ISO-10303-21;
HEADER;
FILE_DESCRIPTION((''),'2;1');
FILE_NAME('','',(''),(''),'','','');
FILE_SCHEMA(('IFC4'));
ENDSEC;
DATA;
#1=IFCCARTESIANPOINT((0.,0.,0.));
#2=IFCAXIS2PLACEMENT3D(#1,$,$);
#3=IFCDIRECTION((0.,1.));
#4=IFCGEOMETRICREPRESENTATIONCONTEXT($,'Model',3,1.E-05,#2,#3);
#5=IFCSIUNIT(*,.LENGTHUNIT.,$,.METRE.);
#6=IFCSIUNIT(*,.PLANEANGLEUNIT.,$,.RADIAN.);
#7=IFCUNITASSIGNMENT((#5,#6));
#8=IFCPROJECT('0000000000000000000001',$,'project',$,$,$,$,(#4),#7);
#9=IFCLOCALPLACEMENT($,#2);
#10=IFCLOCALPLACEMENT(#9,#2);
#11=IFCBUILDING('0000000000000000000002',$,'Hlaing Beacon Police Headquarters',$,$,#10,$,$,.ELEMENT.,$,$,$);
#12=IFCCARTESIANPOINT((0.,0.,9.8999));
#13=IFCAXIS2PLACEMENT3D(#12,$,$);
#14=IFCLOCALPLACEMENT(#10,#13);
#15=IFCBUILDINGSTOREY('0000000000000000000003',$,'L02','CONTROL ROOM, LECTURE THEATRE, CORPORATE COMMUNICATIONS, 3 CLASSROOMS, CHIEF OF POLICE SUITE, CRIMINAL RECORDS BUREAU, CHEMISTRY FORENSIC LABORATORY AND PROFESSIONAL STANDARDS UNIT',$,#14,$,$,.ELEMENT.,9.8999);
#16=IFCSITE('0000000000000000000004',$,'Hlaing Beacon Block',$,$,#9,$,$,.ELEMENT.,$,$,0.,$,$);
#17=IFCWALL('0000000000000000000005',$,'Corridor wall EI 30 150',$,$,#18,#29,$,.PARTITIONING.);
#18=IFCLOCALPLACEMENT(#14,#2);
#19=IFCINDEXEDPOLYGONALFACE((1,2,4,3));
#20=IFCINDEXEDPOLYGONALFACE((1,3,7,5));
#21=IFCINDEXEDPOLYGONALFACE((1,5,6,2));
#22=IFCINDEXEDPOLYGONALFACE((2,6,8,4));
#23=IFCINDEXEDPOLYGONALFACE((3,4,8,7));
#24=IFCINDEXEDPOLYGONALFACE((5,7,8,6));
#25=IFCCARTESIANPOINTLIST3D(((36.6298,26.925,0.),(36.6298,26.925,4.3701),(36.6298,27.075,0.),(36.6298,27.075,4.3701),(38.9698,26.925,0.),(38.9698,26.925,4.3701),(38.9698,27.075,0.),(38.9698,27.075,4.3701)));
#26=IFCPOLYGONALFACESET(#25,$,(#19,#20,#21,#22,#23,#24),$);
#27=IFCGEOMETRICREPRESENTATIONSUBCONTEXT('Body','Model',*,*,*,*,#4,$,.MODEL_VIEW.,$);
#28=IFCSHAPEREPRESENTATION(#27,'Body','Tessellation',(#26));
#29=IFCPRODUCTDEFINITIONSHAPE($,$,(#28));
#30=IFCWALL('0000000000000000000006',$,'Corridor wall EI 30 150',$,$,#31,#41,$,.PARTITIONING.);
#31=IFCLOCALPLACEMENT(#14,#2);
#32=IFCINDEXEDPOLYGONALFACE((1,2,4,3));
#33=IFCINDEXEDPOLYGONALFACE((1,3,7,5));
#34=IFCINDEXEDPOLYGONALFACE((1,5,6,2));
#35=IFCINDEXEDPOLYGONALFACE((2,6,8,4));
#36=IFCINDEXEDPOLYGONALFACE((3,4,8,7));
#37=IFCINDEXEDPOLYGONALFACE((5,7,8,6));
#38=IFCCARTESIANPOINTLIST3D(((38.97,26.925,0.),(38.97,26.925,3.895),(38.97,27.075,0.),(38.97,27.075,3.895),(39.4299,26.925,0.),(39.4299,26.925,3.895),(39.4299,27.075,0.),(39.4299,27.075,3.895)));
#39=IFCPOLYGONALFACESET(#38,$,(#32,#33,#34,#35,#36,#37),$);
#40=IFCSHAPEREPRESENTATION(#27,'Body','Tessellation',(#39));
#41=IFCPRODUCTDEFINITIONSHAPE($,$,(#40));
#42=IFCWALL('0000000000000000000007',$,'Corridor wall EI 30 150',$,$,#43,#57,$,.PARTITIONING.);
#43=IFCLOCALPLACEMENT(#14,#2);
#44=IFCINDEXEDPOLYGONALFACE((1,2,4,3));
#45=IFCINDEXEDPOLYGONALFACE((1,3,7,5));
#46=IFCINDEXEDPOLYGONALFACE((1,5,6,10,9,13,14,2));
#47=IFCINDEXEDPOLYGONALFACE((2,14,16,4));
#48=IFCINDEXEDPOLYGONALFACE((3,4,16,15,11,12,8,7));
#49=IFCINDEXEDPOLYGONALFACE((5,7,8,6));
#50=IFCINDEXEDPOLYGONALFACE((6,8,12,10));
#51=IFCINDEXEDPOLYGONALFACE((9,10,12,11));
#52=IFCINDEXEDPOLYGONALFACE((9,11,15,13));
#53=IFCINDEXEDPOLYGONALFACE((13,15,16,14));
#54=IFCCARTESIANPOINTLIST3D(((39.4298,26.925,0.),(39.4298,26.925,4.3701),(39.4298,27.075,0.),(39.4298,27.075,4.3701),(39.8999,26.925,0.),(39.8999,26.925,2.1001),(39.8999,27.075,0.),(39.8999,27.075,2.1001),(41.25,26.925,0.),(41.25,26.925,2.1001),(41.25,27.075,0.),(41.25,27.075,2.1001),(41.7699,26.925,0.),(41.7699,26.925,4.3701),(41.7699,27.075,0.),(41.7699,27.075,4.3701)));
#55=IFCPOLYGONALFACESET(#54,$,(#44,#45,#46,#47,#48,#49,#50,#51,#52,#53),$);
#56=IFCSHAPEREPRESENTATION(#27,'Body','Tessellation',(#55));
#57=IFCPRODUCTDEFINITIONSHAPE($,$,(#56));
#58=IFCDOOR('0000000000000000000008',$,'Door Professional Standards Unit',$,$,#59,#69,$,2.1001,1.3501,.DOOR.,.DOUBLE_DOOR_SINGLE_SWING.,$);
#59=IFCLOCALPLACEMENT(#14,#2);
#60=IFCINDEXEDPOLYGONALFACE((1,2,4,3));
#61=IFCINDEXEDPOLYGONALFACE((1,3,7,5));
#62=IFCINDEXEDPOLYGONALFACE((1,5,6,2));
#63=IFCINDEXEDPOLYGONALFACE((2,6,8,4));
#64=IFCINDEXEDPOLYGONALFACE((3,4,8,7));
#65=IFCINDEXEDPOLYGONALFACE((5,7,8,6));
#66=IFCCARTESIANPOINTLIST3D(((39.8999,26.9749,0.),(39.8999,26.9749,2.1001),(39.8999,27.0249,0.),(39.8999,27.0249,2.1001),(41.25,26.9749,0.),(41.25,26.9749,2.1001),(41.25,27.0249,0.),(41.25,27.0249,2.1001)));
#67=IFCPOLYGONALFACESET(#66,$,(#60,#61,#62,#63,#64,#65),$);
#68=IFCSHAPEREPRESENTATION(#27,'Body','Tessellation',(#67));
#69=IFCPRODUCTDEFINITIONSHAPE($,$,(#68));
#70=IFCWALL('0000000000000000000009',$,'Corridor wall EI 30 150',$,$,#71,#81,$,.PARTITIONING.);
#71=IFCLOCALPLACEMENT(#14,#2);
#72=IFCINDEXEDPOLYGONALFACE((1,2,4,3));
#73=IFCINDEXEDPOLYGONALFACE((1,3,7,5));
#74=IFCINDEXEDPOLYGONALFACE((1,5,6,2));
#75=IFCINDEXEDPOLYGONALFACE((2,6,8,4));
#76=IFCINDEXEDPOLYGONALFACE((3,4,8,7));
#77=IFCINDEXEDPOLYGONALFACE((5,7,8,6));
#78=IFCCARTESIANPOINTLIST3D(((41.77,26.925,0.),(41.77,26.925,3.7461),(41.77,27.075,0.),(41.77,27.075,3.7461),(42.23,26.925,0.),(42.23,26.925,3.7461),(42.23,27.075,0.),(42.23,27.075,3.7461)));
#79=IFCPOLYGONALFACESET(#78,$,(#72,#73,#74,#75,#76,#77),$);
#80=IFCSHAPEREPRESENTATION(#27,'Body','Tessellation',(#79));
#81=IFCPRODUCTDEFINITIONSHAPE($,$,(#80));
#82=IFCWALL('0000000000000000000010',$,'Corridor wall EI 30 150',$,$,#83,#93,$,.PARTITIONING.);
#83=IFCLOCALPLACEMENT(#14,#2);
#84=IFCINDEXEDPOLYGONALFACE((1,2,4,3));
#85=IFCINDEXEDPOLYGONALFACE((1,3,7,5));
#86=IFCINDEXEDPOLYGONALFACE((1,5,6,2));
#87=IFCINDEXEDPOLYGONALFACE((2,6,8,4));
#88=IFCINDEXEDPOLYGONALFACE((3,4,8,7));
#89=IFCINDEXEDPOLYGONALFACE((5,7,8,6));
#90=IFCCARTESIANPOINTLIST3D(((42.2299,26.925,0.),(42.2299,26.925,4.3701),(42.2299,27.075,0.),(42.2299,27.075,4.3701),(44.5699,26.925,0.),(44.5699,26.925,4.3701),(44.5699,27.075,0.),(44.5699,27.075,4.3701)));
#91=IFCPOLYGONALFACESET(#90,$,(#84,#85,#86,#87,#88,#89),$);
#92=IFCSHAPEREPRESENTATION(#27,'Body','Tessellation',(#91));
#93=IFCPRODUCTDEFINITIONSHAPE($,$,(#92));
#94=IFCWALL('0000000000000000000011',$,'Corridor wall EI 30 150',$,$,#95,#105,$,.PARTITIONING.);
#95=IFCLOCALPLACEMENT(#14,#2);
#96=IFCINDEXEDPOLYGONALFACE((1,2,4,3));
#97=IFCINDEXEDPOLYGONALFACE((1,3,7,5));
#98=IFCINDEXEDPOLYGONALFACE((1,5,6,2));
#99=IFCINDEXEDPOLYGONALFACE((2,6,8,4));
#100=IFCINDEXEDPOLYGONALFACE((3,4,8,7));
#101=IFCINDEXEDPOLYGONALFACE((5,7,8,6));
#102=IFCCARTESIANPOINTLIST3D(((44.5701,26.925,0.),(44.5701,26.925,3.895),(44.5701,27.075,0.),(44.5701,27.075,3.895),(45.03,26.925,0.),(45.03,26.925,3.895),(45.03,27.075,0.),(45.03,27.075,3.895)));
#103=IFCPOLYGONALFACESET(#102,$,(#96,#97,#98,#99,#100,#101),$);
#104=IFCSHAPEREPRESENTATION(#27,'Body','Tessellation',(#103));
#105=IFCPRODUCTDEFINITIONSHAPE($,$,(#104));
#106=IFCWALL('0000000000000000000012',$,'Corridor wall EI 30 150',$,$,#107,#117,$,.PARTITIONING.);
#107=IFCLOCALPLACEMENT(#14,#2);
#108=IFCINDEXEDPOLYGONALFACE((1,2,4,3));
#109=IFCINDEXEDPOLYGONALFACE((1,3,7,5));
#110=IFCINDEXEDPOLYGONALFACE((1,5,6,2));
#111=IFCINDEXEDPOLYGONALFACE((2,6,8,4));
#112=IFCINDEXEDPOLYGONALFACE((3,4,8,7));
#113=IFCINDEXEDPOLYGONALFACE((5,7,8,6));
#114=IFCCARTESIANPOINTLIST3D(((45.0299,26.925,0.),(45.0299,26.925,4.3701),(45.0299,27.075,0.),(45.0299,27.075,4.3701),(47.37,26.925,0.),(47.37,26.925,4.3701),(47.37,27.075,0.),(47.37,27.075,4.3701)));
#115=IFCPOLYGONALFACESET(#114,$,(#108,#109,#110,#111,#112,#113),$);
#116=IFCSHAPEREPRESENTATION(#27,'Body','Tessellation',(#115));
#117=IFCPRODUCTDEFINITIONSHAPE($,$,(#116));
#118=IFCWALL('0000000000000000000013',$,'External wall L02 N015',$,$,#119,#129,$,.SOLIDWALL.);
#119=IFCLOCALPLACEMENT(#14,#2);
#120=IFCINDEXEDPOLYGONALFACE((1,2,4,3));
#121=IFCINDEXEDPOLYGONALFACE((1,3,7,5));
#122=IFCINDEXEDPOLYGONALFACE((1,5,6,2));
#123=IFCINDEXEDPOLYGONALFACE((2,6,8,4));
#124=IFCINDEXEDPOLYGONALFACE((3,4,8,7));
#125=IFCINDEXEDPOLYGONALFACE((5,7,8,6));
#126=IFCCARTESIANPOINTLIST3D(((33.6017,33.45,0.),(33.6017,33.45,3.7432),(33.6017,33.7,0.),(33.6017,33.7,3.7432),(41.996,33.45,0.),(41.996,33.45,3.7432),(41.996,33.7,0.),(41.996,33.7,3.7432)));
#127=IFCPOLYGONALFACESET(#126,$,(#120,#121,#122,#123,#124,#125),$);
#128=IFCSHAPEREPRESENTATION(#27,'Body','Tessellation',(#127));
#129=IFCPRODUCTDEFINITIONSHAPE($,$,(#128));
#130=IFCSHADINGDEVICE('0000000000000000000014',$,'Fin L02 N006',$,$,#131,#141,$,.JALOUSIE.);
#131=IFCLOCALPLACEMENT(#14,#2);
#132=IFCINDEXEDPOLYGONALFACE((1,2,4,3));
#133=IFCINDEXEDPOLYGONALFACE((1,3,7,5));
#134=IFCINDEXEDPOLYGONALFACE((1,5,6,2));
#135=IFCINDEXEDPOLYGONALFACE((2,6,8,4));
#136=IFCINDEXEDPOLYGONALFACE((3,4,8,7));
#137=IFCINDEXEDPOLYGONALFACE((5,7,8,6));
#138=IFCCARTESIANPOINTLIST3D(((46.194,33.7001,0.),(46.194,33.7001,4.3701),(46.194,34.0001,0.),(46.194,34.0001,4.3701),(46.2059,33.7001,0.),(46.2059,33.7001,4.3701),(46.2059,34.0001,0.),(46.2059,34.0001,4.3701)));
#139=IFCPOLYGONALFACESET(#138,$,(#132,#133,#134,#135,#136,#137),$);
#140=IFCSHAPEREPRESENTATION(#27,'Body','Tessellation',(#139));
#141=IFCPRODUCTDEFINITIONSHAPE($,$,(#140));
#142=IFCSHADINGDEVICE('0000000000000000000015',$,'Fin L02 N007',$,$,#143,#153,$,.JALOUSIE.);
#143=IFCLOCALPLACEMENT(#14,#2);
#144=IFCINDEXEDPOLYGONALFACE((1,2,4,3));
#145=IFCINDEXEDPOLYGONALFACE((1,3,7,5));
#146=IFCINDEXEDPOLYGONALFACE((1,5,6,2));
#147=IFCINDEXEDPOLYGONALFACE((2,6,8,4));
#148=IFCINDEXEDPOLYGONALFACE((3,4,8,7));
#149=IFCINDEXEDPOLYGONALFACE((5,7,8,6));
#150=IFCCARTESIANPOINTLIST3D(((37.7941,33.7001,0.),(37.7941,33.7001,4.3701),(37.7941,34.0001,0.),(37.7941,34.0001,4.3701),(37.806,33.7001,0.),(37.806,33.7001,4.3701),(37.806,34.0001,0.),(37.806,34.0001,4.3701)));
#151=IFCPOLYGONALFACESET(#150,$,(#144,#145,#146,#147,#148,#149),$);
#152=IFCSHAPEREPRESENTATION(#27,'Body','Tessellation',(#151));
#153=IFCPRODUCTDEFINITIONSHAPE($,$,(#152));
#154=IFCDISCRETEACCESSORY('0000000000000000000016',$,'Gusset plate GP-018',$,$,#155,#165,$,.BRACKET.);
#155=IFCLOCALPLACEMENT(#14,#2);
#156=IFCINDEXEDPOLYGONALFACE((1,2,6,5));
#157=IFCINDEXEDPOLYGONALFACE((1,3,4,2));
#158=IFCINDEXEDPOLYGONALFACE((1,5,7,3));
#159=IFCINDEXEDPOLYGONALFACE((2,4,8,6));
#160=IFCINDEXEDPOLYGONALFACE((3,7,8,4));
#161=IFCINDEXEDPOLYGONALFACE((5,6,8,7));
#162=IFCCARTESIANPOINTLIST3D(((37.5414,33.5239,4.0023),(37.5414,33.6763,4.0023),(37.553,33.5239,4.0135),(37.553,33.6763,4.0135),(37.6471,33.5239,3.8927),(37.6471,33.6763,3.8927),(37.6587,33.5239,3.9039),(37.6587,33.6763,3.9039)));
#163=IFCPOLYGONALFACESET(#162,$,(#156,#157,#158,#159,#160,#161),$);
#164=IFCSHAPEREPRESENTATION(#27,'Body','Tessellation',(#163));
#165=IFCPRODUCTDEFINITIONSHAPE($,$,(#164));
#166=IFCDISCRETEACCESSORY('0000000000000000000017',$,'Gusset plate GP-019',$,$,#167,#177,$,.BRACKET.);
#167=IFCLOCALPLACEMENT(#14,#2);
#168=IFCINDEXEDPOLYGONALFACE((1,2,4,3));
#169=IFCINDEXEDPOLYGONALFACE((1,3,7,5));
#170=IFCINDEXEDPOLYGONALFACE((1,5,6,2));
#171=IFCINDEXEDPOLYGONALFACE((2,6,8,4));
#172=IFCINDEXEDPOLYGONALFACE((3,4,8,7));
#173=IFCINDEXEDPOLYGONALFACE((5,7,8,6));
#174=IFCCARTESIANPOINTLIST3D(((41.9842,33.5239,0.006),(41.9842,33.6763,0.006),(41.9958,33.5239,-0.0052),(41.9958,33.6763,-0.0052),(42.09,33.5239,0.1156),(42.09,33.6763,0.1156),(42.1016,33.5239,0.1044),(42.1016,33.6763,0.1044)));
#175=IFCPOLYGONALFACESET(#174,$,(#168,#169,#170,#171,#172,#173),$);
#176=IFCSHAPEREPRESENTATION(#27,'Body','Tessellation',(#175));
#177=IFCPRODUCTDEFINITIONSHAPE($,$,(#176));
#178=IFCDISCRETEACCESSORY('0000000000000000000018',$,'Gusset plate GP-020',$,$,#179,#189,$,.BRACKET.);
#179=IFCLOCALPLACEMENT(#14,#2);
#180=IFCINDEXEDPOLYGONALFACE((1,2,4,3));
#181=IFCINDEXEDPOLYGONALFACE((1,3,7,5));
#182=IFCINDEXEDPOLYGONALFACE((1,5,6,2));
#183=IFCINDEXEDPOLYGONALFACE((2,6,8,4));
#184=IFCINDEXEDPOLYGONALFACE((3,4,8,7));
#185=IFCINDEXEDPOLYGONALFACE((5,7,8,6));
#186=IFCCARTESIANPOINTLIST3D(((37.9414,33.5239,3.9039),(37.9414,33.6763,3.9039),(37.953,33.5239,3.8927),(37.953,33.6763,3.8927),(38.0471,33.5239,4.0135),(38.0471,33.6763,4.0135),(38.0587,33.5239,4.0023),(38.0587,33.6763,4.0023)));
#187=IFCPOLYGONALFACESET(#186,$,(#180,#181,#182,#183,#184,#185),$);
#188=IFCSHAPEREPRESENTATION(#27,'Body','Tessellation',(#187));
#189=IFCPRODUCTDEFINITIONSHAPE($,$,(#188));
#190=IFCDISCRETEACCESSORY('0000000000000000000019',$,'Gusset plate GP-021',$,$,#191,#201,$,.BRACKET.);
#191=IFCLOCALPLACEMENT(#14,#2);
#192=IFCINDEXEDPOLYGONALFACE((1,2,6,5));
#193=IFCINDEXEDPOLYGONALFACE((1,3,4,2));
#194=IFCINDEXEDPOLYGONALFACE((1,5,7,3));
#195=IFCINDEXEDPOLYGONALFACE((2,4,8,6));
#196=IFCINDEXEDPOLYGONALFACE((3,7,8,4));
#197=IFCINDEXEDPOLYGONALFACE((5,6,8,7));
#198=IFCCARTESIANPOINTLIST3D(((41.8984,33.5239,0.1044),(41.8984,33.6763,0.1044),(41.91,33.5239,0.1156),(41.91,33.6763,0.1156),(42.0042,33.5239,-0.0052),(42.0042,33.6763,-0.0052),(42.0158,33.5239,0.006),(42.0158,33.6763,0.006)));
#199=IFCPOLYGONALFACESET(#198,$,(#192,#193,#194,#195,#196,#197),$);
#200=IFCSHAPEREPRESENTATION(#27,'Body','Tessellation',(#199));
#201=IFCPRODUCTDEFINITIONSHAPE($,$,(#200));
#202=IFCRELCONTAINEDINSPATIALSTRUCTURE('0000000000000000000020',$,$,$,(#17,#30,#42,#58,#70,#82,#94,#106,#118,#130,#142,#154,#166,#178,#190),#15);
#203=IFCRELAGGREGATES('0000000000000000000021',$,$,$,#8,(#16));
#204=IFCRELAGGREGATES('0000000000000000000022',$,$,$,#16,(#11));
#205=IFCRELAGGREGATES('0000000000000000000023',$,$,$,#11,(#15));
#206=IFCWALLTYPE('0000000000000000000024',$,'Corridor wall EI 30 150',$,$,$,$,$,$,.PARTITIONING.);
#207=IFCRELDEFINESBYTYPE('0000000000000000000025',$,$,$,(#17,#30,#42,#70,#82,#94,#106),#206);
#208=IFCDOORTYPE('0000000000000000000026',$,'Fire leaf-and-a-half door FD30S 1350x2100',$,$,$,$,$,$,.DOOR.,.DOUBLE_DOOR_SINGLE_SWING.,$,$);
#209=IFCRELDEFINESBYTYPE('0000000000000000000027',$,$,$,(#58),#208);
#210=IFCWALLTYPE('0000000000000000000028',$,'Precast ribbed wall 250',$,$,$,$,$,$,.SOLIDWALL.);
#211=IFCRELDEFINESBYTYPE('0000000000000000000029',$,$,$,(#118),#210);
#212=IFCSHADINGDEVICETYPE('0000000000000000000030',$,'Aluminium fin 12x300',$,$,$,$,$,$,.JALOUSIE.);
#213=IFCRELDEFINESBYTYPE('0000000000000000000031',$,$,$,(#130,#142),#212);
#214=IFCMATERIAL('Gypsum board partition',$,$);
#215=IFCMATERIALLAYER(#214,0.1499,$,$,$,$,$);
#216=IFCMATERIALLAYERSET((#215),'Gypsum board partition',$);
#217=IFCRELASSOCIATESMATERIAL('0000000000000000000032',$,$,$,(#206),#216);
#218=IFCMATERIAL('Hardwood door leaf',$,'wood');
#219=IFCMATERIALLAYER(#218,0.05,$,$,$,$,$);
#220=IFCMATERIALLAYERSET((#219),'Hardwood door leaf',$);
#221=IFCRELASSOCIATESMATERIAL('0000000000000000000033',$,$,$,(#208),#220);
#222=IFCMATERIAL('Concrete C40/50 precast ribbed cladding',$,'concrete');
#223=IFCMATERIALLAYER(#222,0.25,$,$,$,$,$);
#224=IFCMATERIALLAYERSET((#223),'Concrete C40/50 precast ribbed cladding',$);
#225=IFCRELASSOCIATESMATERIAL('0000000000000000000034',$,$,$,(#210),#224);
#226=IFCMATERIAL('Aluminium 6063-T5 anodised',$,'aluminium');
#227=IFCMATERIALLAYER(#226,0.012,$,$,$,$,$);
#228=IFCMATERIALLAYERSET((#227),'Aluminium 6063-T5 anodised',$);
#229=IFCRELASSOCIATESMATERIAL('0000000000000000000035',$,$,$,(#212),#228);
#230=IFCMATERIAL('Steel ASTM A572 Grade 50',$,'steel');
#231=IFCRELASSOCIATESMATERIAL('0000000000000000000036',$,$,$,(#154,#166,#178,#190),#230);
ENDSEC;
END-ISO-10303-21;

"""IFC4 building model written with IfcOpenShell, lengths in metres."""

from ifc_helpers import new_model, si_unit, direction, frame, frame_2d, origin, origin_2d, place, context, subcontext, project, spatial, rectangle, extrude, material, layer, layer_set, type_object, element, fill, save


model = new_model("IFC4")

# Units and contexts
model_context = context("Model", 3, precision=1e-05, world=origin(), true_north=direction((0.0, 1.0)))
body_context = subcontext(model_context, "Body", "Model", "MODEL_VIEW")
ifc_project = project(units=[si_unit("LENGTHUNIT", "METRE"), si_unit("PLANEANGLEUNIT", "RADIAN")], contexts=[model_context])

# Site, building, storey
site_placement = place(None, origin())
site = spatial("IfcSite", under=ifc_project, at=site_placement, Name="Hlaing Beacon Block", CompositionType="ELEMENT", RefElevation=0.0)
building_placement = place(site_placement, origin())
building = spatial("IfcBuilding", under=site, at=building_placement, Name="Hlaing Beacon Police Headquarters", CompositionType="ELEMENT")
storey_placement = place(building_placement, frame((0.0, 0.0, 9.8999)))
storey = spatial("IfcBuildingStorey", under=building, at=storey_placement, Name="L02", Description="CONTROL ROOM, LECTURE THEATRE, CORPORATE COMMUNICATIONS, 3 CLASSROOMS, CHIEF OF POLICE SUITE, CRIMINAL RECORDS BUREAU, CHEMISTRY FORENSIC LABORATORY AND PROFESSIONAL STANDARDS UNIT", CompositionType="ELEMENT", Elevation=9.8999)

# Walls
ifc_material_1 = material(Name="Gypsum board partition")
ifc_layer_1 = layer(ifc_material_1, 0.1499)
ifc_layer_set_1 = layer_set([ifc_layer_1], Name="Gypsum board partition")
wall_type_1 = type_object("IfcWallType", Name="Corridor wall EI 30 150", PredefinedType="PARTITIONING", material=ifc_layer_set_1)
wall_1_placement = place(storey_placement, frame((36.6299, 27.0, 0.0), z_axis=(0.0, 0.0, 1.0), x_axis=(1.0, 0.0, 0.0)))
element("IfcWall", 1, at=wall_1_placement, inside=storey, type_object=wall_type_1, Name="Corridor wall EI 30 150", PredefinedType="PARTITIONING", context=body_context, shape_type="SweptSolid", body=[
    extrude(rectangle(XDim=2.3401, YDim=0.1499, at=frame_2d((1.1699, 0.0))), origin(), (0.0, 0.0, 1.0), 4.3701),
])
wall_2_placement = place(storey_placement, frame((38.97, 27.0, 0.0), z_axis=(0.0, 0.0, 1.0), x_axis=(1.0, 0.0, 0.0)))
element("IfcWall", 2, at=wall_2_placement, inside=storey, type_object=wall_type_1, Name="Corridor wall EI 30 150", PredefinedType="PARTITIONING", context=body_context, shape_type="SweptSolid", body=[
    extrude(rectangle(XDim=0.46, YDim=0.1499, at=frame_2d((0.23, 0.0))), origin(), (0.0, 0.0, 1.0), 3.895),
])

# Wall, opening, door
wall_3_placement = place(storey_placement, frame((39.4299, 27.0, 0.0), z_axis=(0.0, 0.0, 1.0), x_axis=(1.0, 0.0, 0.0)))
wall_3 = element("IfcWall", 3, at=wall_3_placement, inside=storey, type_object=wall_type_1, Name="Corridor wall EI 30 150", PredefinedType="PARTITIONING", context=body_context, shape_type="SweptSolid", body=[
    extrude(rectangle(XDim=2.3401, YDim=0.1499, at=frame_2d((1.1699, 0.0))), origin(), (0.0, 0.0, 1.0), 4.3701),
])
opening_placement = place(wall_3_placement, frame((0.47, 0.0, 0.0)))
opening = element("IfcOpeningElement", 4, at=opening_placement, cuts=wall_3, PredefinedType="OPENING", context=body_context, shape_type="SweptSolid", body=[
    extrude(rectangle(XDim=1.3501, YDim=2.1001, at=frame_2d((0.675, 1.05))), frame((0.0, 0.085, 0.0), z_axis=(0.0, -1.0, 0.0), x_axis=(1.0, 0.0, 0.0)), (0.0, 0.0, 1.0), 0.1699),
])
ifc_material_2 = material(Name="Hardwood door leaf", Category="wood")
ifc_layer_2 = layer(ifc_material_2, 0.05)
ifc_layer_set_2 = layer_set([ifc_layer_2], Name="Hardwood door leaf")
door_type = type_object("IfcDoorType", Name="Fire leaf-and-a-half door FD30S 1350x2100", OperationType="DOUBLE_DOOR_SINGLE_SWING", PredefinedType="DOOR", material=ifc_layer_set_2)
door_placement = place(opening_placement, origin())
door = element("IfcDoor", 5, at=door_placement, inside=storey, type_object=door_type, Name="Door Professional Standards Unit", OperationType="DOUBLE_DOOR_SINGLE_SWING", OverallHeight=2.1001, OverallWidth=1.3501, PredefinedType="DOOR", context=body_context, shape_type="SweptSolid", body=[
    extrude(rectangle(XDim=1.3501, YDim=2.1001, at=frame_2d((0.675, 1.05))), frame((0.0, 0.0249, 0.0), z_axis=(0.0, -1.0, 0.0), x_axis=(1.0, 0.0, 0.0)), (0.0, 0.0, 1.0), 0.05),
])
fill(opening, door)

# Walls
wall_4_placement = place(storey_placement, frame((41.77, 27.0, 0.0), z_axis=(0.0, 0.0, 1.0), x_axis=(1.0, 0.0, 0.0)))
element("IfcWall", 6, at=wall_4_placement, inside=storey, type_object=wall_type_1, Name="Corridor wall EI 30 150", PredefinedType="PARTITIONING", context=body_context, shape_type="SweptSolid", body=[
    extrude(rectangle(XDim=0.46, YDim=0.1499, at=frame_2d((0.23, 0.0))), origin(), (0.0, 0.0, 1.0), 3.7461),
])
wall_5_placement = place(storey_placement, frame((42.23, 27.0, 0.0), z_axis=(0.0, 0.0, 1.0), x_axis=(1.0, 0.0, 0.0)))
element("IfcWall", 7, at=wall_5_placement, inside=storey, type_object=wall_type_1, Name="Corridor wall EI 30 150", PredefinedType="PARTITIONING", context=body_context, shape_type="SweptSolid", body=[
    extrude(rectangle(XDim=2.3401, YDim=0.1499, at=frame_2d((1.1699, 0.0))), origin(), (0.0, 0.0, 1.0), 4.3701),
])
wall_6_placement = place(storey_placement, frame((44.5701, 27.0, 0.0), z_axis=(0.0, 0.0, 1.0), x_axis=(1.0, 0.0, 0.0)))
element("IfcWall", 8, at=wall_6_placement, inside=storey, type_object=wall_type_1, Name="Corridor wall EI 30 150", PredefinedType="PARTITIONING", context=body_context, shape_type="SweptSolid", body=[
    extrude(rectangle(XDim=0.46, YDim=0.1499, at=frame_2d((0.23, 0.0))), origin(), (0.0, 0.0, 1.0), 3.895),
])
wall_7_placement = place(storey_placement, frame((45.03, 27.0, 0.0), z_axis=(0.0, 0.0, 1.0), x_axis=(1.0, 0.0, 0.0)))
element("IfcWall", 9, at=wall_7_placement, inside=storey, type_object=wall_type_1, Name="Corridor wall EI 30 150", PredefinedType="PARTITIONING", context=body_context, shape_type="SweptSolid", body=[
    extrude(rectangle(XDim=2.3401, YDim=0.1499, at=frame_2d((1.1699, 0.0))), origin(), (0.0, 0.0, 1.0), 4.3701),
])
ifc_material_3 = material(Name="Concrete C40/50 precast ribbed cladding", Category="concrete")
ifc_layer_3 = layer(ifc_material_3, 0.25)
ifc_layer_set_3 = layer_set([ifc_layer_3], Name="Concrete C40/50 precast ribbed cladding")
wall_type_2 = type_object("IfcWallType", Name="Precast ribbed wall 250", PredefinedType="SOLIDWALL", material=ifc_layer_set_3)
wall_8_placement = place(storey_placement, frame((41.9961, 33.575, 0.0), z_axis=(0.0, 0.0, 1.0), x_axis=(-1.0, 0.0, 0.0)))
element("IfcWall", 10, at=wall_8_placement, inside=storey, type_object=wall_type_2, Name="External wall L02 N015", PredefinedType="SOLIDWALL", context=body_context, shape_type="SweptSolid", body=[
    extrude(rectangle(XDim=8.3943, YDim=0.25, at=frame_2d((4.1973, 0.0))), origin(), (0.0, 0.0, 1.0), 3.7432),
])

# Shading devices
ifc_material_4 = material(Name="Aluminium 6063-T5 anodised", Category="aluminium")
ifc_layer_4 = layer(ifc_material_4, 0.012)
ifc_layer_set_4 = layer_set([ifc_layer_4], Name="Aluminium 6063-T5 anodised")
shading_device_type = type_object("IfcShadingDeviceType", Name="Aluminium fin 12x300", PredefinedType="JALOUSIE", material=ifc_layer_set_4)
for number, where, z_axis, x_axis, name in (
    (11, (46.2, 33.8501, 0.0), (0.0, 0.0, 1.0), (-1.0, 0.0, 0.0), "Fin L02 N006"),
    (12, (37.8, 33.8501, 0.0), (0.0, 0.0, 1.0), (-1.0, 0.0, 0.0), "Fin L02 N007"),
):
    element("IfcShadingDevice", number, at=place(storey_placement, frame(where, z_axis=z_axis, x_axis=x_axis)), inside=storey, type_object=shading_device_type, Name=name, PredefinedType="JALOUSIE", context=body_context, shape_type="SweptSolid", body=[
        extrude(rectangle(XDim=0.012, YDim=0.3, at=origin_2d()), origin(), (0.0, 0.0, 1.0), 4.3701),
    ])

# Discrete accessories
ifc_material_5 = material(Name="Steel ASTM A572 Grade 50", Category="steel")
for number, where, z_axis, x_axis, name in (
    (13, (37.5942, 33.6001, 3.9475), (0.719733, 0.0, 0.694251), (0.0, 1.0, 0.0), "Gusset plate GP-018"),
    (14, (42.0371, 33.6001, 0.0608), (0.7199, 0.0, -0.694078), (0.0, 1.0, 0.0), "Gusset plate GP-019"),
    (15, (38.0059, 33.6001, 3.9475), (-0.7199, 0.0, 0.694078), (0.0, -1.0, 0.0), "Gusset plate GP-020"),
    (16, (41.9629, 33.6001, 0.0608), (-0.7199, 0.0, -0.694078), (0.0, -1.0, 0.0), "Gusset plate GP-021"),
):
    element("IfcDiscreteAccessory", number, at=place(storey_placement, frame(where, z_axis=z_axis, x_axis=x_axis)), inside=storey, material=ifc_material_5, Name=name, PredefinedType="BRACKET", context=body_context, shape_type="SweptSolid", body=[
        extrude(rectangle(XDim=0.1523, YDim=0.1523, at=origin_2d()), origin(), (0.0, 0.0, 1.0), 0.0161),
    ])

save(model, "model.ifc")
